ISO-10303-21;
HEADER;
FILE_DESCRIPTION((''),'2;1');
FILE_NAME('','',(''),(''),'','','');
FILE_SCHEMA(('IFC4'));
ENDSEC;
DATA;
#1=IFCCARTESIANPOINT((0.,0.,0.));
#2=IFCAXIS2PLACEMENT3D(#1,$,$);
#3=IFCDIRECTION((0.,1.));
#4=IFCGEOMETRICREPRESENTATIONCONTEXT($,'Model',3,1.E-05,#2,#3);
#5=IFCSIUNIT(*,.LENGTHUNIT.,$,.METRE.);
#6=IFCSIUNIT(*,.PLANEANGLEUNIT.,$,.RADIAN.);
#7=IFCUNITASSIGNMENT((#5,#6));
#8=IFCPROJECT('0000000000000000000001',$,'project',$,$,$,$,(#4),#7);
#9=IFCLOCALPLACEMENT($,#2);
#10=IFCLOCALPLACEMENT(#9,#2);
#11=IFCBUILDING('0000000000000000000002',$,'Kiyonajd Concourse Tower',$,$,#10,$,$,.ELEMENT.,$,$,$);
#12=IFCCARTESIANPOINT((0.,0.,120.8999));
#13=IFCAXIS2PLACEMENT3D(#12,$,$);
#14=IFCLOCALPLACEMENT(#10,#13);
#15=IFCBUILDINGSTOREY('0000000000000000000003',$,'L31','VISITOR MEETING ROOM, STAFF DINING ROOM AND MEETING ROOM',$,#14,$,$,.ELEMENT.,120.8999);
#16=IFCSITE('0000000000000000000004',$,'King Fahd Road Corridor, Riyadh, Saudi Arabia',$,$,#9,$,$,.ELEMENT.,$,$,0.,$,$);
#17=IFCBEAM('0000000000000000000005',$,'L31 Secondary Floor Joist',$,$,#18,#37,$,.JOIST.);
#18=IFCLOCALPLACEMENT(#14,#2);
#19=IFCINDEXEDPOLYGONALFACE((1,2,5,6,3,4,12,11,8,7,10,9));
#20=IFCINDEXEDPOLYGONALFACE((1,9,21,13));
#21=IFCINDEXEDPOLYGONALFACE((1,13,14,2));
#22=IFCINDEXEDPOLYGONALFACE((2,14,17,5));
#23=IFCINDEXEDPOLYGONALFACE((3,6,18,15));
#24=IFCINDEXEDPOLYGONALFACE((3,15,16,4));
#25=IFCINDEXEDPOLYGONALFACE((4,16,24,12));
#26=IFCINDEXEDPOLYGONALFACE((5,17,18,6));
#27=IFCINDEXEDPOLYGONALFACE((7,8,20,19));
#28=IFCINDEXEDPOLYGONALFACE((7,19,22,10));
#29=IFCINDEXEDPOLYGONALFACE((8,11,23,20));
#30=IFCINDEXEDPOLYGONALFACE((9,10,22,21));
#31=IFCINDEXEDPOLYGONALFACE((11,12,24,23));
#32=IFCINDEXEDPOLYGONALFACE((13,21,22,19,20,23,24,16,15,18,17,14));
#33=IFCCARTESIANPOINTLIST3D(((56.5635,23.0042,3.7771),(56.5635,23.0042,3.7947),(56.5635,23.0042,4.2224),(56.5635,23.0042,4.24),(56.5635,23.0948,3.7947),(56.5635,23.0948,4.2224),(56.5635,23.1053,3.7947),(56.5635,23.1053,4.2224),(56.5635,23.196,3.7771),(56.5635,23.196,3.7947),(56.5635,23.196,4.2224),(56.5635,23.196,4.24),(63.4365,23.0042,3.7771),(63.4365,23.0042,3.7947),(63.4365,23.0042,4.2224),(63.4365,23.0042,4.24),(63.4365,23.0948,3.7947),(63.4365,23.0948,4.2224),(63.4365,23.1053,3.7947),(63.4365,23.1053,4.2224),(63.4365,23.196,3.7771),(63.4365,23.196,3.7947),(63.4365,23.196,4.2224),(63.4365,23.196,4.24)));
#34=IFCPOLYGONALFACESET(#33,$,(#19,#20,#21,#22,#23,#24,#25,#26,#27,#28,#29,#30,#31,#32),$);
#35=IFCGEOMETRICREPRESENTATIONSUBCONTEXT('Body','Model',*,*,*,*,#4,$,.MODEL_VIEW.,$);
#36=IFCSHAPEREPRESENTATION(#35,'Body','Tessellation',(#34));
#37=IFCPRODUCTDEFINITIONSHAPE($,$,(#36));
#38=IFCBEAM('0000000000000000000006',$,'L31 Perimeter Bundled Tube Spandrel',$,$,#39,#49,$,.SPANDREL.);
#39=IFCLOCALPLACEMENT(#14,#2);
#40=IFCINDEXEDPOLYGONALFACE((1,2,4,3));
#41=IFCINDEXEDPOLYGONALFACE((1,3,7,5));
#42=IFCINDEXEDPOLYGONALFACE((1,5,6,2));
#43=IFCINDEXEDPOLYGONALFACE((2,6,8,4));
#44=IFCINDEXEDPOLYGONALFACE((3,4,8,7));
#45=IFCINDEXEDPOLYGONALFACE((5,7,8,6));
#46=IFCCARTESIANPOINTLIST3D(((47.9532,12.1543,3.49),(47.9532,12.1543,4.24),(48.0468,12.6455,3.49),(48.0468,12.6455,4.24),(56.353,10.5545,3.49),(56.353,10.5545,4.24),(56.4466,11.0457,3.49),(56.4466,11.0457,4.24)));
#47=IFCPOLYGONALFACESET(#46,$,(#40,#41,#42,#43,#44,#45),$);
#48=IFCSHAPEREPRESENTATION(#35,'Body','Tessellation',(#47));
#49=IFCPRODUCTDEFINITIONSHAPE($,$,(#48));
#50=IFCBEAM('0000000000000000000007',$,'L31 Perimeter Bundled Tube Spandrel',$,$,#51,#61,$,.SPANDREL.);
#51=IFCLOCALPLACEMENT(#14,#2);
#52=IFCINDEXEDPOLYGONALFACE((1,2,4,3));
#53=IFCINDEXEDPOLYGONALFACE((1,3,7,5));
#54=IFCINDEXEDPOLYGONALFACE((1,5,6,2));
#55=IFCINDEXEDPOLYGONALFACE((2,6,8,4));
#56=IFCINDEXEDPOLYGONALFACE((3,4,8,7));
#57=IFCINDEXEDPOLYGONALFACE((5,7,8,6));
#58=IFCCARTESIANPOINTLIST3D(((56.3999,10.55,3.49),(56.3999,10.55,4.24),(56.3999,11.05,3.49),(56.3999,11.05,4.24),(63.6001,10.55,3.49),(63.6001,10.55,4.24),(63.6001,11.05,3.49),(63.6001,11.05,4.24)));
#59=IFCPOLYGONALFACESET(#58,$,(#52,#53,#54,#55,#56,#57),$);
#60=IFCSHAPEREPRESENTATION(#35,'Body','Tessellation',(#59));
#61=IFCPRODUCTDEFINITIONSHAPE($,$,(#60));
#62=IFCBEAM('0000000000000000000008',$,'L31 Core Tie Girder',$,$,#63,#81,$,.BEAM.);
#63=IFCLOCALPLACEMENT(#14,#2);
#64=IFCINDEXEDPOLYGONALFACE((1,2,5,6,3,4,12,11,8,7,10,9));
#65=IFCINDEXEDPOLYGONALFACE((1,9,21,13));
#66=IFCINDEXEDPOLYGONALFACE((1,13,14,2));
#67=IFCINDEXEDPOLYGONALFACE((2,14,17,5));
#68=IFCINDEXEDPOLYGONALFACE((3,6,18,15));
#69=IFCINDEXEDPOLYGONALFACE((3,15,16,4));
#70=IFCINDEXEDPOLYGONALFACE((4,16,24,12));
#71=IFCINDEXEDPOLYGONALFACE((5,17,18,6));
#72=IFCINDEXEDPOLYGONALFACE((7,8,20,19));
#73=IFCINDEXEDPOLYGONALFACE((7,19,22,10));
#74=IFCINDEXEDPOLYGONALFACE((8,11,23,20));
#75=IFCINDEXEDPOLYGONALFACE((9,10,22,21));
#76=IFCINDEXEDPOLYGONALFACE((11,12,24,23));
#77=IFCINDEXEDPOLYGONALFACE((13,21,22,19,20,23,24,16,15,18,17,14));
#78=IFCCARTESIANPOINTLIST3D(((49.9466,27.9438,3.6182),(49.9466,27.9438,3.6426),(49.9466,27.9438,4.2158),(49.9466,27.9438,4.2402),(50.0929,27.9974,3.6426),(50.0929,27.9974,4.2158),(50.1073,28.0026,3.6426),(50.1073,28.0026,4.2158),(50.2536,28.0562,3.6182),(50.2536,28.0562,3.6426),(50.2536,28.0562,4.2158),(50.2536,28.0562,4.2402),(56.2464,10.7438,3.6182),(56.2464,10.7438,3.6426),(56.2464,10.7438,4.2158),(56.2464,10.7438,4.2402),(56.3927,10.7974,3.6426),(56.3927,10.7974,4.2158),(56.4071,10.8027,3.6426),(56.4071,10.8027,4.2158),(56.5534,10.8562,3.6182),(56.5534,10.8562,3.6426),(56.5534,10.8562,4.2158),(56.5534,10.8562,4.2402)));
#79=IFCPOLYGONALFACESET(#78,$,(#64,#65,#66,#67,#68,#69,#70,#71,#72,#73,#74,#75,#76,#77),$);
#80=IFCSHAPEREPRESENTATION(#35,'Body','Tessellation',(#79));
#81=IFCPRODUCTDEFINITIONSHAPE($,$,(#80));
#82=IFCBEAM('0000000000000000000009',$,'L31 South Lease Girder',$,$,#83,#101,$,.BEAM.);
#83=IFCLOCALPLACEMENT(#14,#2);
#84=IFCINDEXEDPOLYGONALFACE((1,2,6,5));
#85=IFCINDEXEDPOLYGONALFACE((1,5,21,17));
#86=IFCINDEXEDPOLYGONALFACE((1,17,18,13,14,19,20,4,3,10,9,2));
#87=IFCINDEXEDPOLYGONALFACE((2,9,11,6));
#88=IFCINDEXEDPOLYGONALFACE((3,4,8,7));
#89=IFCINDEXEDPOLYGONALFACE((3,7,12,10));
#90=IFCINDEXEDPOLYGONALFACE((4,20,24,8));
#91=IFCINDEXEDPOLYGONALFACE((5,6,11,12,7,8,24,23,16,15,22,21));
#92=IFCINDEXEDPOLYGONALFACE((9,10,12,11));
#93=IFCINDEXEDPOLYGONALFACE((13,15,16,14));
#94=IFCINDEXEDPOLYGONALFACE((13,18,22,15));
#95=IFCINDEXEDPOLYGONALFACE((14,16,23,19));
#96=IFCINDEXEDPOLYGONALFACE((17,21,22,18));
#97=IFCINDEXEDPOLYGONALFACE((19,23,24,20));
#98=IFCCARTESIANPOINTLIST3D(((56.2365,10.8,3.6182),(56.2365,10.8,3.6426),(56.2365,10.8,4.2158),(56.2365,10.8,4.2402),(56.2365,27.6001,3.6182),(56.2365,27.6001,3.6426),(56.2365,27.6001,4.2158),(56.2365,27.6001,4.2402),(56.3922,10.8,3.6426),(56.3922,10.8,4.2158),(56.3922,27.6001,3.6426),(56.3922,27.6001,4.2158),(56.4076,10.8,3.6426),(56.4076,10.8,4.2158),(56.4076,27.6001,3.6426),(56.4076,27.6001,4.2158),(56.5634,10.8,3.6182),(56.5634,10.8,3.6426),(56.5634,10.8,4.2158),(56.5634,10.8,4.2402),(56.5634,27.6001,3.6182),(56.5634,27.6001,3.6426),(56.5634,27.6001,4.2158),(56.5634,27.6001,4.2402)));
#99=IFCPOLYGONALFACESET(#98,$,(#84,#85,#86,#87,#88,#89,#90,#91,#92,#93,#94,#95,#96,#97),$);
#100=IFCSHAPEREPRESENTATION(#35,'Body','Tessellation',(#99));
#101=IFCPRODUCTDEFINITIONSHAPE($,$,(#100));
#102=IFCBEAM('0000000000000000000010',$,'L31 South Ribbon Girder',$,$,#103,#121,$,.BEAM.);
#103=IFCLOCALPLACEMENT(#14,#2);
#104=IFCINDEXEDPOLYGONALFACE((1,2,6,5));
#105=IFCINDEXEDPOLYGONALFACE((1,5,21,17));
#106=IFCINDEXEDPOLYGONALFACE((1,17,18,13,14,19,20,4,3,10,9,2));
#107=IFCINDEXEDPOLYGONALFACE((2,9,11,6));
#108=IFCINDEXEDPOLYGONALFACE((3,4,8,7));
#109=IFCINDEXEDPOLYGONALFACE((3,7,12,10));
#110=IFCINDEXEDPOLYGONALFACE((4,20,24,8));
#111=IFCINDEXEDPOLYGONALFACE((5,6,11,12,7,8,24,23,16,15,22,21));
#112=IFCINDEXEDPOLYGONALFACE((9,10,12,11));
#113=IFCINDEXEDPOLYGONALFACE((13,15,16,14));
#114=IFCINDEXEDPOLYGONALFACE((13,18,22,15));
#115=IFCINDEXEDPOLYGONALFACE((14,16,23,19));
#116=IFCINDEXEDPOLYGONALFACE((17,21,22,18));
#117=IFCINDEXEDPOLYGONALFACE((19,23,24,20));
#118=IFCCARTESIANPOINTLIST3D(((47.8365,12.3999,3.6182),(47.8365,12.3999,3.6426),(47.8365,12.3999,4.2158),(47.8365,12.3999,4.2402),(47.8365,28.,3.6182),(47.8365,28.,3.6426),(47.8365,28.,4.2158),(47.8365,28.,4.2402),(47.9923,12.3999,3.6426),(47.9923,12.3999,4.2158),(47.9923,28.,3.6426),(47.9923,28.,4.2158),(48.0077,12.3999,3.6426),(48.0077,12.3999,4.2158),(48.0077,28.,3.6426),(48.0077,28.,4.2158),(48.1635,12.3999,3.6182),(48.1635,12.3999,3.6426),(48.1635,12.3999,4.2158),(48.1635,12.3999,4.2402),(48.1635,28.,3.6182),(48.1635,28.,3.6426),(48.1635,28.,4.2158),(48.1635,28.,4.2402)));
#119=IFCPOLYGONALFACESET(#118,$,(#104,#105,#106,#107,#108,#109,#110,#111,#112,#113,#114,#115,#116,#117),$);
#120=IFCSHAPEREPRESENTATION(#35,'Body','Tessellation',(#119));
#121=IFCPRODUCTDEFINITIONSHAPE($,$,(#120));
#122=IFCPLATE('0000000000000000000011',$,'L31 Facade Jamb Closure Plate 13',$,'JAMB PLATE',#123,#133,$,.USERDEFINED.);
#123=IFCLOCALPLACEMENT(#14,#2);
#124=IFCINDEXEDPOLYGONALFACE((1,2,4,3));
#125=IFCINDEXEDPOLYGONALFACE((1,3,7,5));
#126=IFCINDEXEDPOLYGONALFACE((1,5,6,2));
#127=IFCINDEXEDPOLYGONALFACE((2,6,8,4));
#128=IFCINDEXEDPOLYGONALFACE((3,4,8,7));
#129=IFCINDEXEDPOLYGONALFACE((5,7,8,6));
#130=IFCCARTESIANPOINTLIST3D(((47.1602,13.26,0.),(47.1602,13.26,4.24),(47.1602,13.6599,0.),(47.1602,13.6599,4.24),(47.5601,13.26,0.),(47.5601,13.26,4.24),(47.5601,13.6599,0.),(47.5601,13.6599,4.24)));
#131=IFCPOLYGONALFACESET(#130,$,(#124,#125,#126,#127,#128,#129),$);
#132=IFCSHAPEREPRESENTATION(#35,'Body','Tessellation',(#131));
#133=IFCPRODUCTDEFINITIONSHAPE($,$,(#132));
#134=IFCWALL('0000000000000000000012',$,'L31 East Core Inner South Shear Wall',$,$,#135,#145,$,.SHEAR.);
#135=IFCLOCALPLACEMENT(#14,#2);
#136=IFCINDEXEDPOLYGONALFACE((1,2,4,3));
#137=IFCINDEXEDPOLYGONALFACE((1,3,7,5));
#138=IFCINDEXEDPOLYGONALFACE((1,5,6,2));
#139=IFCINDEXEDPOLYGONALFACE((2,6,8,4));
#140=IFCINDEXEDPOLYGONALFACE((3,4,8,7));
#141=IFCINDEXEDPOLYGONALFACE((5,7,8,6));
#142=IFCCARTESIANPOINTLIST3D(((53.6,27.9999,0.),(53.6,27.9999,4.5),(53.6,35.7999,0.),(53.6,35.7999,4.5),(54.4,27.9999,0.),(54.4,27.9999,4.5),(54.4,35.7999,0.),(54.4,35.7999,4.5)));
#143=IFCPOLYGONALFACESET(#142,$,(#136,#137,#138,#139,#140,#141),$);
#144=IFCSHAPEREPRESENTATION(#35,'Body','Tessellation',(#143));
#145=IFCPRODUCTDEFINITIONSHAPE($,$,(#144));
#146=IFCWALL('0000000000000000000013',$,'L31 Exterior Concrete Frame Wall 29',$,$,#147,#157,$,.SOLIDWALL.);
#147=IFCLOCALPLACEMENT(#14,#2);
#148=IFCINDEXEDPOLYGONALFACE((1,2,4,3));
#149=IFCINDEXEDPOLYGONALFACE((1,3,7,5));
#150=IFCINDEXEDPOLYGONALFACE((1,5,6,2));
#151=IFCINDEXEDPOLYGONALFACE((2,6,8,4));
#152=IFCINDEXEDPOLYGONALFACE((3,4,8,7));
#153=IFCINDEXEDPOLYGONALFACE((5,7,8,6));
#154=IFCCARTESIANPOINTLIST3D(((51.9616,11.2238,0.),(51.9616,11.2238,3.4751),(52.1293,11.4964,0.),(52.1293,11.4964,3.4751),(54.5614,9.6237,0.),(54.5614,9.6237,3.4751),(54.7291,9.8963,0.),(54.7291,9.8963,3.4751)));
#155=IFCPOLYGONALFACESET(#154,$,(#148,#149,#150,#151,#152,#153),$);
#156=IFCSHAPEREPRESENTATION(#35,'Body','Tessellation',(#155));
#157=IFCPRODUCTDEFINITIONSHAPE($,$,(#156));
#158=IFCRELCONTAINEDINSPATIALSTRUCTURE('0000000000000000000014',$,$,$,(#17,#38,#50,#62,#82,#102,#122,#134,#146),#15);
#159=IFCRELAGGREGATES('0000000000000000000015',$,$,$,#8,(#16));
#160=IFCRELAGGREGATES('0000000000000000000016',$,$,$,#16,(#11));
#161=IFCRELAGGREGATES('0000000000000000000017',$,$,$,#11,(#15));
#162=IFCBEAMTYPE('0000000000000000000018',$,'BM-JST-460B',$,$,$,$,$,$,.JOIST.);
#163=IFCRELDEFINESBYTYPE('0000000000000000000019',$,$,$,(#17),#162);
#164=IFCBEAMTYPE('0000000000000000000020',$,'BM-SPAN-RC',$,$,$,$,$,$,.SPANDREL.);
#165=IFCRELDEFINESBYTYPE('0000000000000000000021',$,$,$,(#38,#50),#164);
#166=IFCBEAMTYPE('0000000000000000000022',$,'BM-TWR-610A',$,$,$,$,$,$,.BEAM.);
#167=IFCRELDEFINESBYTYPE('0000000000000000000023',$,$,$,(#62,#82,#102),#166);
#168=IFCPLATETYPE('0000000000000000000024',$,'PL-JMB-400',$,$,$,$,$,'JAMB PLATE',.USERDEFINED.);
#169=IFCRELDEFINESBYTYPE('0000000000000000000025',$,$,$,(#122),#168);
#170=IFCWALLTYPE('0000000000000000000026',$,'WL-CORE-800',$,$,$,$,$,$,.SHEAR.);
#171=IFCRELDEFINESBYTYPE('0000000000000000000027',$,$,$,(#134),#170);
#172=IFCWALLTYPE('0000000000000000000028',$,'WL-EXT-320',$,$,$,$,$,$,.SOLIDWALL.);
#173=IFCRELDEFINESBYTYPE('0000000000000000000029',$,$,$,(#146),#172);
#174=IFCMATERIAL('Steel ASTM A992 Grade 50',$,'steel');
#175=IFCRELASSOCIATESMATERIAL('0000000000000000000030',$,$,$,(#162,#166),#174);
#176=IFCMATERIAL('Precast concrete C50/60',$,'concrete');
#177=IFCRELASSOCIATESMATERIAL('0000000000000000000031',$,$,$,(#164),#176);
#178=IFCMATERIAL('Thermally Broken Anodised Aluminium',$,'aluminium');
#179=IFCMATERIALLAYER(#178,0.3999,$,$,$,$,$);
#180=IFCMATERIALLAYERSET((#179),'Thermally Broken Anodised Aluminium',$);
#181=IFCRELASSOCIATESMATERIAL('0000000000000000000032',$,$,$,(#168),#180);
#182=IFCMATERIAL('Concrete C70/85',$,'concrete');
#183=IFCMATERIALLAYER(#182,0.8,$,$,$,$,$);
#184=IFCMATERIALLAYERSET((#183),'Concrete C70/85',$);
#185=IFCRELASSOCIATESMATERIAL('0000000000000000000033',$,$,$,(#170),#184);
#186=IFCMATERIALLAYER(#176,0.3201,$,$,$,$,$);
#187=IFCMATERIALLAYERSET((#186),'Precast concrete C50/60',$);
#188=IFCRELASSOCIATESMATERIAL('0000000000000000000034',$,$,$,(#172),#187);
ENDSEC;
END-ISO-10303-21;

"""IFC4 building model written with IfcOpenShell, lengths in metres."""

from ifc_helpers import new_model, si_unit, direction, frame, frame_2d, origin, origin_2d, place, context, subcontext, project, spatial, rectangle, i_section, extrude, material, layer, layer_set, material_profile, profile_set, type_object, element, save


model = new_model("IFC4")

# Units and contexts
model_context = context("Model", 3, precision=1e-05, world=origin(), true_north=direction((0.0, 1.0)))
body_context = subcontext(model_context, "Body", "Model", "MODEL_VIEW")
ifc_project = project(units=[si_unit("LENGTHUNIT", "METRE"), si_unit("PLANEANGLEUNIT", "RADIAN")], contexts=[model_context])

# Site, building, storey
site_placement = place(None, origin())
site = spatial("IfcSite", under=ifc_project, at=site_placement, Name="King Fahd Road Corridor, Riyadh, Saudi Arabia", CompositionType="ELEMENT", RefElevation=0.0)
building_placement = place(site_placement, origin())
building = spatial("IfcBuilding", under=site, at=building_placement, Name="Kiyonajd Concourse Tower", CompositionType="ELEMENT")
storey_placement = place(building_placement, frame((0.0, 0.0, 120.8999)))
storey = spatial("IfcBuildingStorey", under=building, at=storey_placement, Name="L31", Description="VISITOR MEETING ROOM, STAFF DINING ROOM AND MEETING ROOM", CompositionType="ELEMENT", Elevation=120.8999)

# Shared definitions
ifc_material_1 = material(Name="Concrete C70/85", Category="concrete")

# Beams
ifc_material_2 = material(Name="Steel ASTM A992 Grade 50", Category="steel")
ifc_material_profile_1 = material_profile(ifc_material_2, i_section(OverallWidth=0.1919, OverallDepth=0.4629, WebThickness=0.0105, FlangeThickness=0.0176, at=origin_2d()), Name="W460X89")
ifc_profile_set_1 = profile_set([ifc_material_profile_1], Name="Steel ASTM A992 Grade 50")
beam_type_1 = type_object("IfcBeamType", Name="BM-JST-460B", PredefinedType="JOIST", material=ifc_profile_set_1)
beam_1_placement = place(storey_placement, frame((56.5635, 23.1001, 4.0085), z_axis=(1.0, 0.0, 0.0), x_axis=(0.0, 1.0, 0.0)))
element("IfcBeam", 1, at=beam_1_placement, inside=storey, type_object=beam_type_1, Name="L31 Secondary Floor Joist", PredefinedType="JOIST", context=body_context, shape_type="SweptSolid", body=[
    extrude(i_section(OverallWidth=0.1919, OverallDepth=0.4629, WebThickness=0.0105, FlangeThickness=0.0176, at=origin_2d()), origin(), (0.0, 0.0, 1.0), 6.873),
])
ifc_material_3 = material(Name="Precast concrete C50/60", Category="concrete")
ifc_material_profile_2 = material_profile(ifc_material_3, rectangle(XDim=0.5, YDim=0.75, at=origin_2d()), Name="RCBM-500x750")
ifc_profile_set_2 = profile_set([ifc_material_profile_2], Name="Precast concrete C50/60")
beam_type_2 = type_object("IfcBeamType", Name="BM-SPAN-RC", PredefinedType="SPANDREL", material=ifc_profile_set_2)
beam_2_placement = place(storey_placement, frame((48.0, 12.3999, 3.865), z_axis=(0.982341, -0.187098, 0.0), x_axis=(0.187098, 0.982341, 0.0)))
element("IfcBeam", 2, at=beam_2_placement, inside=storey, type_object=beam_type_2, Name="L31 Perimeter Bundled Tube Spandrel", PredefinedType="SPANDREL", context=body_context, shape_type="SweptSolid", body=[
    extrude(rectangle(XDim=0.5, YDim=0.75, at=origin_2d()), origin(), (0.0, 0.0, 1.0), 8.5508),
])
beam_3_placement = place(storey_placement, frame((56.3999, 10.8, 3.865), z_axis=(1.0, 0.0, 0.0), x_axis=(0.0, 1.0, 0.0)))
element("IfcBeam", 3, at=beam_3_placement, inside=storey, type_object=beam_type_2, Name="L31 Perimeter Bundled Tube Spandrel", PredefinedType="SPANDREL", context=body_context, shape_type="SweptSolid", body=[
    extrude(rectangle(XDim=0.5, YDim=0.75, at=origin_2d()), origin(), (0.0, 0.0, 1.0), 7.2002),
])
ifc_material_profile_3 = material_profile(ifc_material_2, i_section(OverallWidth=0.3269, OverallDepth=0.6221, WebThickness=0.0154, FlangeThickness=0.0244, at=origin_2d()), Name="W610X195")
ifc_profile_set_3 = profile_set([ifc_material_profile_3], Name="Steel ASTM A992 Grade 50")
beam_type_3 = type_object("IfcBeamType", Name="BM-TWR-610A", PredefinedType="BEAM", material=ifc_profile_set_3)
beam_4_placement = place(storey_placement, frame((50.1001, 28.0, 3.9292), z_axis=(0.343925, -0.938997, 0.0), x_axis=(0.938997, 0.343925, 0.0)))
element("IfcBeam", 4, at=beam_4_placement, inside=storey, type_object=beam_type_3, Name="L31 Core Tie Girder", PredefinedType="BEAM", context=body_context, shape_type="SweptSolid", body=[
    extrude(i_section(OverallWidth=0.3269, OverallDepth=0.6221, WebThickness=0.0154, FlangeThickness=0.0244, at=origin_2d()), origin(), (0.0, 0.0, 1.0), 18.3174),
])
beam_5_placement = place(storey_placement, frame((56.3999, 10.8, 3.9292), z_axis=(0.0, 1.0, 0.0), x_axis=(-1.0, 0.0, 0.0)))
element("IfcBeam", 5, at=beam_5_placement, inside=storey, type_object=beam_type_3, Name="L31 South Lease Girder", PredefinedType="BEAM", context=body_context, shape_type="SweptSolid", body=[
    extrude(i_section(OverallWidth=0.3269, OverallDepth=0.6221, WebThickness=0.0154, FlangeThickness=0.0244, at=origin_2d()), origin(), (0.0, 0.0, 1.0), 16.8),
])
beam_6_placement = place(storey_placement, frame((48.0, 12.3999, 3.9292), z_axis=(0.0, 1.0, 0.0), x_axis=(-1.0, 0.0, 0.0)))
element("IfcBeam", 6, at=beam_6_placement, inside=storey, type_object=beam_type_3, Name="L31 South Ribbon Girder", PredefinedType="BEAM", context=body_context, shape_type="SweptSolid", body=[
    extrude(i_section(OverallWidth=0.3269, OverallDepth=0.6221, WebThickness=0.0154, FlangeThickness=0.0244, at=origin_2d()), origin(), (0.0, 0.0, 1.0), 15.6001),
])

# Plate
ifc_material_4 = material(Name="Thermally Broken Anodised Aluminium", Category="aluminium")
ifc_layer_1 = layer(ifc_material_4, 0.3999)
ifc_layer_set_1 = layer_set([ifc_layer_1], Name="Thermally Broken Anodised Aluminium")
plate_type = type_object("IfcPlateType", Name="PL-JMB-400", ElementType="JAMB PLATE", PredefinedType="USERDEFINED", material=ifc_layer_set_1)
plate_placement = place(storey_placement, frame((47.3601, 13.46, 0.0), z_axis=(0.0, 0.0, 1.0), x_axis=(1.0, 0.0, 0.0)))
element("IfcPlate", 7, at=plate_placement, inside=storey, type_object=plate_type, Name="L31 Facade Jamb Closure Plate 13", ObjectType="JAMB PLATE", PredefinedType="USERDEFINED", context=body_context, shape_type="SweptSolid", body=[
    extrude(rectangle(XDim=0.3999, YDim=0.3999, at=origin_2d()), origin(), (0.0, 0.0, 1.0), 4.24),
])

# Walls
ifc_layer_2 = layer(ifc_material_1, 0.8)
ifc_layer_set_2 = layer_set([ifc_layer_2], Name="Concrete C70/85")
wall_type_1 = type_object("IfcWallType", Name="WL-CORE-800", PredefinedType="SHEAR", material=ifc_layer_set_2)
wall_1_placement = place(storey_placement, frame((54.0, 28.0, 0.0), z_axis=(0.0, 0.0, 1.0), x_axis=(0.0, 1.0, 0.0)))
element("IfcWall", 8, at=wall_1_placement, inside=storey, type_object=wall_type_1, Name="L31 East Core Inner South Shear Wall", PredefinedType="SHEAR", context=body_context, shape_type="SweptSolid", body=[
    extrude(rectangle(XDim=7.8, YDim=0.8, at=frame_2d((3.8999, 0.0))), origin(), (0.0, 0.0, 1.0), 4.5),
])
ifc_layer_3 = layer(ifc_material_3, 0.3201)
ifc_layer_set_3 = layer_set([ifc_layer_3], Name="Precast concrete C50/60")
wall_type_2 = type_object("IfcWallType", Name="WL-EXT-320", PredefinedType="SOLIDWALL", material=ifc_layer_set_3)
wall_2_placement = place(storey_placement, frame((54.6453, 9.76, 0.0), z_axis=(0.0, 0.0, 1.0), x_axis=(-0.851631, 0.524142, 0.0)))
element("IfcWall", 9, at=wall_2_placement, inside=storey, type_object=wall_type_2, Name="L31 Exterior Concrete Frame Wall 29", PredefinedType="SOLIDWALL", context=body_context, shape_type="SweptSolid", body=[
    extrude(rectangle(XDim=3.0527, YDim=0.3201, at=frame_2d((1.5264, 0.0))), origin(), (0.0, 0.0, 1.0), 3.4751),
])

save(model, "model.ifc")
